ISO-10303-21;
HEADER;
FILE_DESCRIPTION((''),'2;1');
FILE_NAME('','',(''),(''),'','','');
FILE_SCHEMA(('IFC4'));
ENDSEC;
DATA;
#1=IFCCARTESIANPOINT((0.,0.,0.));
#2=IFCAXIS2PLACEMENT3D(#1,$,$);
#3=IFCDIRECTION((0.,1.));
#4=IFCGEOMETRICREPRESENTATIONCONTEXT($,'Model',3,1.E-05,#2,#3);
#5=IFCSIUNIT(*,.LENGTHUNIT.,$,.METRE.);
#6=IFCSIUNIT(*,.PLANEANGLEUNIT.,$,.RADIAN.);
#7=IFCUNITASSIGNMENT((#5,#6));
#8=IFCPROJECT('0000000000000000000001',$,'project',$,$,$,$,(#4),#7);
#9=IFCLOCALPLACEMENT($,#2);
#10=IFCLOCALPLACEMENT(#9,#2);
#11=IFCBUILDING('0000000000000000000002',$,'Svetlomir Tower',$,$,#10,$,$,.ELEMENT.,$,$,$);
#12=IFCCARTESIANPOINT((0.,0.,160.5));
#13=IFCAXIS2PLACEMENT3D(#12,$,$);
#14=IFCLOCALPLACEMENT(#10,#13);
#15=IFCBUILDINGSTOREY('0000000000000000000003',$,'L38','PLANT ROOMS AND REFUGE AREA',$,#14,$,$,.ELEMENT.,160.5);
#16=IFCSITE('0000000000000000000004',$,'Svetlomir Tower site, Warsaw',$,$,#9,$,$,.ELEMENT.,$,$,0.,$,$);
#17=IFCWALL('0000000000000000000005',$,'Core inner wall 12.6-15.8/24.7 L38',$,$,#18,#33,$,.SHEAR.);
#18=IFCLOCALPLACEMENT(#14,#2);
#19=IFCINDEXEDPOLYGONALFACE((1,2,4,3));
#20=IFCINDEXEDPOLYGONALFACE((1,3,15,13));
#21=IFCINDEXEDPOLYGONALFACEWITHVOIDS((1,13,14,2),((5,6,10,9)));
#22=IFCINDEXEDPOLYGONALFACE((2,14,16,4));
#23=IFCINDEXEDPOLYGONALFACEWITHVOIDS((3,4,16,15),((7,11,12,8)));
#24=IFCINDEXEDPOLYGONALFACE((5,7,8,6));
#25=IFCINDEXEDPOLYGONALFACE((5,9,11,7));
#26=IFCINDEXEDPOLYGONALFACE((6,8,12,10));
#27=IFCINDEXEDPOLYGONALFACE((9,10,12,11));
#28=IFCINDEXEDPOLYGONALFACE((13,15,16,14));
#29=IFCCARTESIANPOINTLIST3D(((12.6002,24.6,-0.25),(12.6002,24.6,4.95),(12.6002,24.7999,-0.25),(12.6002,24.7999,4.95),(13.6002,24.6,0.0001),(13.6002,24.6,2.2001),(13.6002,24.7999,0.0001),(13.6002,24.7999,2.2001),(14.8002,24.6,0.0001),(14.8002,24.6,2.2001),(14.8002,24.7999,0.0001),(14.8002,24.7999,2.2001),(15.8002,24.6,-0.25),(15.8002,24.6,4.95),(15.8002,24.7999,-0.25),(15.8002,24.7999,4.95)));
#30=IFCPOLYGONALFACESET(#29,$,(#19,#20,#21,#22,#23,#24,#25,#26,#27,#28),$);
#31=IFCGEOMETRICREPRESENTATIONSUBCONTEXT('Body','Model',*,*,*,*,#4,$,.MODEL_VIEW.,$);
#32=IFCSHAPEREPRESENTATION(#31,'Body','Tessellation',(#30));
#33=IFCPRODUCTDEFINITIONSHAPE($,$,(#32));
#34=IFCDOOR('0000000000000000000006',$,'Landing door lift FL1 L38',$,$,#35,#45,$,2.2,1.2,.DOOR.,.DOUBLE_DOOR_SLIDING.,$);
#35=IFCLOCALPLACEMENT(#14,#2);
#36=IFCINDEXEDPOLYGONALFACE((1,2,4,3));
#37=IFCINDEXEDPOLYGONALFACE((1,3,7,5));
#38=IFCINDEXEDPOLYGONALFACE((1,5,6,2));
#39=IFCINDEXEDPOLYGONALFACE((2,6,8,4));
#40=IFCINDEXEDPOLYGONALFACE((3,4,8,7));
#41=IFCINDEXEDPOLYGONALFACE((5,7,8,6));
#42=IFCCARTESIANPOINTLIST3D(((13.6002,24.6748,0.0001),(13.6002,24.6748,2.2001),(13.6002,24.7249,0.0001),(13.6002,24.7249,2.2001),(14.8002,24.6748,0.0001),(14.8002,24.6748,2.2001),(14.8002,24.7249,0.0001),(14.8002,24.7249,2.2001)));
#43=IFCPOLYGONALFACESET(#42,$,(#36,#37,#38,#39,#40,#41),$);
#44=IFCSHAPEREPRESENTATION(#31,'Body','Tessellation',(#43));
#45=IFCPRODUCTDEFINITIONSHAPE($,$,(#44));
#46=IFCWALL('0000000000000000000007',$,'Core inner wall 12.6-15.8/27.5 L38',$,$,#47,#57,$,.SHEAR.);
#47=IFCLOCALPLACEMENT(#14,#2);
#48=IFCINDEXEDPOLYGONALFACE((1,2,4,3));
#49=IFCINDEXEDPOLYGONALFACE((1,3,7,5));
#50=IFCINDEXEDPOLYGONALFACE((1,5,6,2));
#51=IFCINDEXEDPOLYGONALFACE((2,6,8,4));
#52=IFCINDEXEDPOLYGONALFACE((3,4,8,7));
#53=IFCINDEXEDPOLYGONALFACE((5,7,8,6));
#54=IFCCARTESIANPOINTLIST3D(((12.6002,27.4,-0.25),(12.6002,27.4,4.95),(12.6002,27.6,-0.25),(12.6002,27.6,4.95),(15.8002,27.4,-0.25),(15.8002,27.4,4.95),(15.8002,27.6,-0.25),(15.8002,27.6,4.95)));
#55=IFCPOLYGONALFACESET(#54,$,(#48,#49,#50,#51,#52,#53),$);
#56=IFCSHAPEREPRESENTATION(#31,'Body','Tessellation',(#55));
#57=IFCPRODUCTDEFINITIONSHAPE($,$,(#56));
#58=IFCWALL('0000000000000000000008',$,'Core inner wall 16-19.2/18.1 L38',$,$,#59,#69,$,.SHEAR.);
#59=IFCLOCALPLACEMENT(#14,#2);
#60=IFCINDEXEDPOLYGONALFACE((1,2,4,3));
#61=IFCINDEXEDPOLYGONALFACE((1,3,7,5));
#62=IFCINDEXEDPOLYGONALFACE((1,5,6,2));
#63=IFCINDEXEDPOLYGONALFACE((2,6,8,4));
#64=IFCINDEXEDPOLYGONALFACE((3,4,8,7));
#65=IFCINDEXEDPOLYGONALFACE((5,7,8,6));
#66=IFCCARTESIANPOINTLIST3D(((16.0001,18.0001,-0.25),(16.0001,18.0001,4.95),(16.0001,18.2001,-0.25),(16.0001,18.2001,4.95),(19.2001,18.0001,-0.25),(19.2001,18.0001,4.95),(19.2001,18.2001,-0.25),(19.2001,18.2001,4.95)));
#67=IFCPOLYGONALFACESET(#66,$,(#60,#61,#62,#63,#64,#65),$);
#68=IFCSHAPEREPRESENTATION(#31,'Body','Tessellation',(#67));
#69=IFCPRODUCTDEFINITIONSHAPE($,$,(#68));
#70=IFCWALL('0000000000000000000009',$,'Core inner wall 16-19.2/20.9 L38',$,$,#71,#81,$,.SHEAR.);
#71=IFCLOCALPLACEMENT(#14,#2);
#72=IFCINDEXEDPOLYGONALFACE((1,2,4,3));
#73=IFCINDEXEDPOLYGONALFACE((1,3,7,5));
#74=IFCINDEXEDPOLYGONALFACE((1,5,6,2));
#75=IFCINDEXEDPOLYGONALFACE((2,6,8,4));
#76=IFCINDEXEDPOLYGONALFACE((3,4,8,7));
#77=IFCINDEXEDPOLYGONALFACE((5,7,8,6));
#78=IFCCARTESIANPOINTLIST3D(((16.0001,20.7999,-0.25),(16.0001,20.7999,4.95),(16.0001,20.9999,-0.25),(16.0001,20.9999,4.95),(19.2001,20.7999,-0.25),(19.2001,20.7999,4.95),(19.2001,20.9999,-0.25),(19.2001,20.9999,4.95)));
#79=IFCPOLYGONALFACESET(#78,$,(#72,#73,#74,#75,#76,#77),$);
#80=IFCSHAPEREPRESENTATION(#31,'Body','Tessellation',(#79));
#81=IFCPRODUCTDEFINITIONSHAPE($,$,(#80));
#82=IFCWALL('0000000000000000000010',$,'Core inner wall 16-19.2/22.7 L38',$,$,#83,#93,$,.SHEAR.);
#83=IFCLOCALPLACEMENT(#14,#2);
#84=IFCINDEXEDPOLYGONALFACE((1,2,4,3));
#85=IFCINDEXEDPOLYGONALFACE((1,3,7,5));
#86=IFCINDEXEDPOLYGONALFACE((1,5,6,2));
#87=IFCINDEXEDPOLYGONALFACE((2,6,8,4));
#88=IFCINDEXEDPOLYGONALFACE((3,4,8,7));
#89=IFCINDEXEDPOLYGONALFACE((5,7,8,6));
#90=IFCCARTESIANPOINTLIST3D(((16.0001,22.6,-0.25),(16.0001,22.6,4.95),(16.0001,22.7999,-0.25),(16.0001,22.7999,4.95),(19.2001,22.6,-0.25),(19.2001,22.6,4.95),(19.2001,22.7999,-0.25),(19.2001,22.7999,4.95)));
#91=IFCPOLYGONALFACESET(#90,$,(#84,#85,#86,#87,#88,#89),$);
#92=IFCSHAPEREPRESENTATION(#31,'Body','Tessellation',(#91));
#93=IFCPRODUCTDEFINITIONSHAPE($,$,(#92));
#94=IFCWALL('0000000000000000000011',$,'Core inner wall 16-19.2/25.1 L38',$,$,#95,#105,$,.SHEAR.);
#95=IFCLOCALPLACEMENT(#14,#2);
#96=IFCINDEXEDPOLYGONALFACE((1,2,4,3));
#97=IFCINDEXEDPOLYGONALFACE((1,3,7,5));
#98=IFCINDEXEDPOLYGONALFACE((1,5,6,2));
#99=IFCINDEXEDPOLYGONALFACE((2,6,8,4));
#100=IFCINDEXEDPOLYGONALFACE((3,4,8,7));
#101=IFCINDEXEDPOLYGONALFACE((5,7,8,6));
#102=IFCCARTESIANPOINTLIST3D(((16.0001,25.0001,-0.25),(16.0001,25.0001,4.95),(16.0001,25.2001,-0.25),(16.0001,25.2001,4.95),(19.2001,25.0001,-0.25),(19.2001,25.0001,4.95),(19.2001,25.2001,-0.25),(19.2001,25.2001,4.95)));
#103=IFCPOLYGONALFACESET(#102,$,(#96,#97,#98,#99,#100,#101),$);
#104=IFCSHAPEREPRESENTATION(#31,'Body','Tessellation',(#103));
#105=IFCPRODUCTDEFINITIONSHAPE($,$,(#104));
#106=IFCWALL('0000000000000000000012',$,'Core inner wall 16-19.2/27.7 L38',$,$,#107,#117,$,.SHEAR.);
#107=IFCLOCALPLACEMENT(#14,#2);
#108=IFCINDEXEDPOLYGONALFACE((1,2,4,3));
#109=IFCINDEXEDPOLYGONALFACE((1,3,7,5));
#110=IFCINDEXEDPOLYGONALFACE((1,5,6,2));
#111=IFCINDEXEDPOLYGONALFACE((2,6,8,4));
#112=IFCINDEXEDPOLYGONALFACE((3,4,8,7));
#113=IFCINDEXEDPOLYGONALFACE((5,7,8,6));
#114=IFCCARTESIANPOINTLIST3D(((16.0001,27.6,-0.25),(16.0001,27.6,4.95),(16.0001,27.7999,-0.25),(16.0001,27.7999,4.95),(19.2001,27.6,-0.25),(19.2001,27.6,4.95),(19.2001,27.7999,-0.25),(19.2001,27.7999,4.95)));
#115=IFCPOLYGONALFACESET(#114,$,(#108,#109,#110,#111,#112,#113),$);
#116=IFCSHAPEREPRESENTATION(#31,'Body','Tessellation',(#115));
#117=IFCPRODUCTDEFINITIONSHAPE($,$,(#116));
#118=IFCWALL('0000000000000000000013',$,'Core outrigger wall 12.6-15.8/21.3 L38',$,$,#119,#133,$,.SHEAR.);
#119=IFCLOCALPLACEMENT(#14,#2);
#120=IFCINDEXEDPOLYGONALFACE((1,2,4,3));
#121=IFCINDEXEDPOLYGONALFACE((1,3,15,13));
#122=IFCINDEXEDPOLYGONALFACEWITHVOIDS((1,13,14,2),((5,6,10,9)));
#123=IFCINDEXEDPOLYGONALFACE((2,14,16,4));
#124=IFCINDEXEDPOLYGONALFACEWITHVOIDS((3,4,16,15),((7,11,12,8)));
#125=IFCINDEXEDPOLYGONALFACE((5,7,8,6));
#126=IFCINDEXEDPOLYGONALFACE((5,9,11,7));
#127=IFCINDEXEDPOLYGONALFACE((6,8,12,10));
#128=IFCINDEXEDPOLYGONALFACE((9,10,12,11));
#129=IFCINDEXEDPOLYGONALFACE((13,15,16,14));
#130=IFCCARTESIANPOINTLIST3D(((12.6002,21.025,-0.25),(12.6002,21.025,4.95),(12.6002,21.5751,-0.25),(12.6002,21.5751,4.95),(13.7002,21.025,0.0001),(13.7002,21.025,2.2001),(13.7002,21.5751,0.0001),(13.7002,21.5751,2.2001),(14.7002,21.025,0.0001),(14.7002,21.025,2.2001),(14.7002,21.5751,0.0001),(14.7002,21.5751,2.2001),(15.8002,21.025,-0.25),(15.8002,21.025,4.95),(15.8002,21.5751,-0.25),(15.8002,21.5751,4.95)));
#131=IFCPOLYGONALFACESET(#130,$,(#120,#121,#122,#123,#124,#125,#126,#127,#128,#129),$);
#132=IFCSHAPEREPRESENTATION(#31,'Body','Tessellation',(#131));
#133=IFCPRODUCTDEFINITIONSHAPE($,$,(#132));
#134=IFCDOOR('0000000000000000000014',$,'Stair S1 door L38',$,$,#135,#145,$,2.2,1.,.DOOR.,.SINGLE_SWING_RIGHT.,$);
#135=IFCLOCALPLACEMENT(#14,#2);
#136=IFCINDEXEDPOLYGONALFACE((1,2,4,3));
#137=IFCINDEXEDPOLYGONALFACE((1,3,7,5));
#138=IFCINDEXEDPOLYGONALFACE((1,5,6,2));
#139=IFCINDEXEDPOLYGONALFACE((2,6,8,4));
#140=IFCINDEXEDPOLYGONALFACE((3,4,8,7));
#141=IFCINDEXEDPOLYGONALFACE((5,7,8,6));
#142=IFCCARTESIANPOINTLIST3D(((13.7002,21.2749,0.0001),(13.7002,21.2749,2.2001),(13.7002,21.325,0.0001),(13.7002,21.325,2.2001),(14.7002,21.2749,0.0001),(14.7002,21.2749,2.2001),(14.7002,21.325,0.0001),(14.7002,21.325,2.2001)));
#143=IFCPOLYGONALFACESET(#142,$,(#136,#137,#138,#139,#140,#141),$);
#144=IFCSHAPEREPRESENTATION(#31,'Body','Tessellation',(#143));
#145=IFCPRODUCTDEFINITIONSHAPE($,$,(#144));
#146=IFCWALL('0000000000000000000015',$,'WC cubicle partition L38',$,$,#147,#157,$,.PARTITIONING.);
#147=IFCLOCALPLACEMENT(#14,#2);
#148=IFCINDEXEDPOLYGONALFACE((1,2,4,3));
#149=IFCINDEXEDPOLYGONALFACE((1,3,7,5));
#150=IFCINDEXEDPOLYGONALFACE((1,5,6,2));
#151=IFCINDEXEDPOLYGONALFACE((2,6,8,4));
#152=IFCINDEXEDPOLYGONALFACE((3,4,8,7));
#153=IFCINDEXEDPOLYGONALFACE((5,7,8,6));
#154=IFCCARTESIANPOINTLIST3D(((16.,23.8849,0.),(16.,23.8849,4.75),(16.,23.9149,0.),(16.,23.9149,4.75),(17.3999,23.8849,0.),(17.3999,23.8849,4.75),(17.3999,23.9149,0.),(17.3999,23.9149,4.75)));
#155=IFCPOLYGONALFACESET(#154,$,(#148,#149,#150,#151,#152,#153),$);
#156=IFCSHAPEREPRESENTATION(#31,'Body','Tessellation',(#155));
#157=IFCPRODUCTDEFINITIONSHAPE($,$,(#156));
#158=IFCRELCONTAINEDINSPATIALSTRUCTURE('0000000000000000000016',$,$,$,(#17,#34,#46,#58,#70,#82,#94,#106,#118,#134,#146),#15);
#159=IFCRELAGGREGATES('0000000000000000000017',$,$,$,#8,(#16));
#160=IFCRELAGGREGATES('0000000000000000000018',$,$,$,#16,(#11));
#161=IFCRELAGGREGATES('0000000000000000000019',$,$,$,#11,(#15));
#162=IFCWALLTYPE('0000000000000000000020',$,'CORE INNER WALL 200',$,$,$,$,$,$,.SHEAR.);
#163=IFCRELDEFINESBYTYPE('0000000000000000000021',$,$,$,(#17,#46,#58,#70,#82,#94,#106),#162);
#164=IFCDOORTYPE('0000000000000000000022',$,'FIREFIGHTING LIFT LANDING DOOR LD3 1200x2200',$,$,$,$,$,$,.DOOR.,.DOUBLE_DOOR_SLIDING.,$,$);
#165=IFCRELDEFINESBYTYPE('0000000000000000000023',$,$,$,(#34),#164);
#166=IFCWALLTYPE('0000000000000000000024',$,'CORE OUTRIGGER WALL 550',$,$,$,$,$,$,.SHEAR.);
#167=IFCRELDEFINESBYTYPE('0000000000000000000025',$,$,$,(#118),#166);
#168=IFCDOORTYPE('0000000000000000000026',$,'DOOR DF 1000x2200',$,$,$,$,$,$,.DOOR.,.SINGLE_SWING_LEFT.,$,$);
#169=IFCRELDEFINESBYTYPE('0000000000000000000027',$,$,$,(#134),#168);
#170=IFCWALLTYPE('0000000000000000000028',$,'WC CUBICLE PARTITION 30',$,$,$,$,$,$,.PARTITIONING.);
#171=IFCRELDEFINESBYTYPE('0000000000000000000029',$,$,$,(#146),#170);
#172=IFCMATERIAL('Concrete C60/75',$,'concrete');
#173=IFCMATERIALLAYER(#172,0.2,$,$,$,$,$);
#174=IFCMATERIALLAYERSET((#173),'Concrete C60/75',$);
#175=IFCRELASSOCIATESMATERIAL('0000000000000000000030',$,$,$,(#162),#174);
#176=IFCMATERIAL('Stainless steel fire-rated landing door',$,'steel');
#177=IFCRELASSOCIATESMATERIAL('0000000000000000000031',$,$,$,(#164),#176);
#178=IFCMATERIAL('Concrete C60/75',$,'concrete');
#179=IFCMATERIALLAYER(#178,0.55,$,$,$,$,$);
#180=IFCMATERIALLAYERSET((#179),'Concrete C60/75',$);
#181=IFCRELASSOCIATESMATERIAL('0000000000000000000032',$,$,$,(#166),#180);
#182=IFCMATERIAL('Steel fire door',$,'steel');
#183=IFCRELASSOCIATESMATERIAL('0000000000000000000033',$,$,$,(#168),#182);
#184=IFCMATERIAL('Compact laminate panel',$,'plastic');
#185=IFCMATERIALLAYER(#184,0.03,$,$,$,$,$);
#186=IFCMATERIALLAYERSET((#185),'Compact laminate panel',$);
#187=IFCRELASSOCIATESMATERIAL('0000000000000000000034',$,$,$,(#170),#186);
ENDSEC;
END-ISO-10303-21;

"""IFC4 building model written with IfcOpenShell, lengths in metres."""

from ifc_helpers import new_model, si_unit, direction, frame, frame_2d, origin, place, context, subcontext, project, spatial, rectangle, extrude, material, layer, layer_set, type_object, element, fill, save


model = new_model("IFC4")

# Units and contexts
model_context = context("Model", 3, precision=1e-05, world=origin(), true_north=direction((0.0, 1.0)))
body_context = subcontext(model_context, "Body", "Model", "MODEL_VIEW")
ifc_project = project(units=[si_unit("LENGTHUNIT", "METRE"), si_unit("PLANEANGLEUNIT", "RADIAN")], contexts=[model_context])

# Site, building, storey
site_placement = place(None, origin())
site = spatial("IfcSite", under=ifc_project, at=site_placement, Name="Svetlomir Tower site, Warsaw", CompositionType="ELEMENT", RefElevation=0.0)
building_placement = place(site_placement, origin())
building = spatial("IfcBuilding", under=site, at=building_placement, Name="Svetlomir Tower", CompositionType="ELEMENT")
storey_placement = place(building_placement, frame((0.0, 0.0, 160.5)))
storey = spatial("IfcBuildingStorey", under=building, at=storey_placement, Name="L38", Description="PLANT ROOMS AND REFUGE AREA", CompositionType="ELEMENT", Elevation=160.5)

# Wall, opening, door
ifc_material_1 = material(Name="Concrete C60/75", Category="concrete")
ifc_layer_1 = layer(ifc_material_1, 0.2)
ifc_layer_set_1 = layer_set([ifc_layer_1], Name="Concrete C60/75")
wall_type_1 = type_object("IfcWallType", Name="CORE INNER WALL 200", PredefinedType="SHEAR", material=ifc_layer_set_1)
wall_1_placement = place(storey_placement, frame((12.6001, 24.7, -0.25), z_axis=(0.0, 0.0, 1.0), x_axis=(1.0, 0.0, 0.0)))
wall_1 = element("IfcWall", 1, at=wall_1_placement, inside=storey, type_object=wall_type_1, Name="Core inner wall 12.6-15.8/24.7 L38", PredefinedType="SHEAR", context=body_context, shape_type="SweptSolid", body=[
    extrude(rectangle(XDim=3.2, YDim=0.2, at=frame_2d((1.6001, 0.0))), origin(), (0.0, 0.0, 1.0), 5.2),
])
opening_1_placement = place(wall_1_placement, frame((1.0, 0.0, 0.25)))
opening_1 = element("IfcOpeningElement", 2, at=opening_1_placement, cuts=wall_1, PredefinedType="OPENING", context=body_context, shape_type="SweptSolid", body=[
    extrude(rectangle(XDim=1.2, YDim=2.2, at=frame_2d((0.6001, 1.1001))), frame((0.0, 0.1099, 0.0), z_axis=(0.0, -1.0, 0.0), x_axis=(1.0, 0.0, 0.0)), (0.0, 0.0, 1.0), 0.22),
])
ifc_material_2 = material(Name="Stainless steel fire-rated landing door", Category="steel")
door_type_1 = type_object("IfcDoorType", Name="FIREFIGHTING LIFT LANDING DOOR LD3 1200x2200", OperationType="DOUBLE_DOOR_SLIDING", PredefinedType="DOOR", material=ifc_material_2)
door_1_placement = place(opening_1_placement, origin())
door_1 = element("IfcDoor", 3, at=door_1_placement, inside=storey, type_object=door_type_1, Name="Landing door lift FL1 L38", OperationType="DOUBLE_DOOR_SLIDING", OverallHeight=2.2, OverallWidth=1.2, PredefinedType="DOOR", context=body_context, shape_type="SweptSolid", body=[
    extrude(rectangle(XDim=1.2, YDim=2.2, at=frame_2d((0.6001, 1.1001))), frame((0.0, 0.0249, 0.0), z_axis=(0.0, -1.0, 0.0), x_axis=(1.0, 0.0, 0.0)), (0.0, 0.0, 1.0), 0.05),
])
fill(opening_1, door_1)

# Walls
for number, where, z_axis, x_axis, name in (
    (4, (12.6001, 27.5, -0.25), (0.0, 0.0, 1.0), (1.0, 0.0, 0.0), "Core inner wall 12.6-15.8/27.5 L38"),
    (5, (16.0, 18.1001, -0.25), (0.0, 0.0, 1.0), (1.0, 0.0, 0.0), "Core inner wall 16-19.2/18.1 L38"),
    (6, (16.0, 20.8999, -0.25), (0.0, 0.0, 1.0), (1.0, 0.0, 0.0), "Core inner wall 16-19.2/20.9 L38"),
    (7, (16.0, 22.7, -0.25), (0.0, 0.0, 1.0), (1.0, 0.0, 0.0), "Core inner wall 16-19.2/22.7 L38"),
    (8, (16.0, 25.1001, -0.25), (0.0, 0.0, 1.0), (1.0, 0.0, 0.0), "Core inner wall 16-19.2/25.1 L38"),
    (9, (16.0, 27.7, -0.25), (0.0, 0.0, 1.0), (1.0, 0.0, 0.0), "Core inner wall 16-19.2/27.7 L38"),
):
    element("IfcWall", number, at=place(storey_placement, frame(where, z_axis=z_axis, x_axis=x_axis)), inside=storey, type_object=wall_type_1, Name=name, PredefinedType="SHEAR", context=body_context, shape_type="SweptSolid", body=[
        extrude(rectangle(XDim=3.2, YDim=0.2, at=frame_2d((1.6001, 0.0))), origin(), (0.0, 0.0, 1.0), 5.2),
    ])

# Wall, opening, door
ifc_material_3 = material(Name="Concrete C60/75", Category="concrete")
ifc_layer_2 = layer(ifc_material_3, 0.55)
ifc_layer_set_2 = layer_set([ifc_layer_2], Name="Concrete C60/75")
wall_type_2 = type_object("IfcWallType", Name="CORE OUTRIGGER WALL 550", PredefinedType="SHEAR", material=ifc_layer_set_2)
wall_2_placement = place(storey_placement, frame((12.6001, 21.3, -0.25), z_axis=(0.0, 0.0, 1.0), x_axis=(1.0, 0.0, 0.0)))
wall_2 = element("IfcWall", 10, at=wall_2_placement, inside=storey, type_object=wall_type_2, Name="Core outrigger wall 12.6-15.8/21.3 L38", PredefinedType="SHEAR", context=body_context, shape_type="SweptSolid", body=[
    extrude(rectangle(XDim=3.2, YDim=0.55, at=frame_2d((1.6001, 0.0))), origin(), (0.0, 0.0, 1.0), 5.2),
])
opening_2_placement = place(wall_2_placement, frame((1.1001, 0.0, 0.25)))
opening_2 = element("IfcOpeningElement", 11, at=opening_2_placement, cuts=wall_2, PredefinedType="OPENING", context=body_context, shape_type="SweptSolid", body=[
    extrude(rectangle(XDim=1.0, YDim=2.2, at=frame_2d((0.5, 1.1001))), frame((0.0, 0.2852, 0.0), z_axis=(0.0, -1.0, 0.0), x_axis=(1.0, 0.0, 0.0)), (0.0, 0.0, 1.0), 0.5701),
])
ifc_material_4 = material(Name="Steel fire door", Category="steel")
door_type_2 = type_object("IfcDoorType", Name="DOOR DF 1000x2200", OperationType="SINGLE_SWING_LEFT", PredefinedType="DOOR", material=ifc_material_4)
door_2_placement = place(opening_2_placement, origin())
door_2 = element("IfcDoor", 12, at=door_2_placement, inside=storey, type_object=door_type_2, Name="Stair S1 door L38", OperationType="SINGLE_SWING_RIGHT", OverallHeight=2.2, OverallWidth=1.0, PredefinedType="DOOR", context=body_context, shape_type="SweptSolid", body=[
    extrude(rectangle(XDim=1.0, YDim=2.2, at=frame_2d((0.5, 1.1001))), frame((0.0, 0.0249, 0.0), z_axis=(0.0, -1.0, 0.0), x_axis=(1.0, 0.0, 0.0)), (0.0, 0.0, 1.0), 0.05),
])
fill(opening_2, door_2)

# Wall
ifc_material_5 = material(Name="Compact laminate panel", Category="plastic")
ifc_layer_3 = layer(ifc_material_5, 0.03)
ifc_layer_set_3 = layer_set([ifc_layer_3], Name="Compact laminate panel")
wall_type_3 = type_object("IfcWallType", Name="WC CUBICLE PARTITION 30", PredefinedType="PARTITIONING", material=ifc_layer_set_3)
wall_3_placement = place(storey_placement, frame((16.0, 23.8999, 0.0), z_axis=(0.0, 0.0, 1.0), x_axis=(1.0, 0.0, 0.0)))
element("IfcWall", 13, at=wall_3_placement, inside=storey, type_object=wall_type_3, Name="WC cubicle partition L38", PredefinedType="PARTITIONING", context=body_context, shape_type="SweptSolid", body=[
    extrude(rectangle(XDim=1.3999, YDim=0.03, at=frame_2d((0.7, 0.0))), origin(), (0.0, 0.0, 1.0), 4.75),
])

save(model, "model.ifc")
